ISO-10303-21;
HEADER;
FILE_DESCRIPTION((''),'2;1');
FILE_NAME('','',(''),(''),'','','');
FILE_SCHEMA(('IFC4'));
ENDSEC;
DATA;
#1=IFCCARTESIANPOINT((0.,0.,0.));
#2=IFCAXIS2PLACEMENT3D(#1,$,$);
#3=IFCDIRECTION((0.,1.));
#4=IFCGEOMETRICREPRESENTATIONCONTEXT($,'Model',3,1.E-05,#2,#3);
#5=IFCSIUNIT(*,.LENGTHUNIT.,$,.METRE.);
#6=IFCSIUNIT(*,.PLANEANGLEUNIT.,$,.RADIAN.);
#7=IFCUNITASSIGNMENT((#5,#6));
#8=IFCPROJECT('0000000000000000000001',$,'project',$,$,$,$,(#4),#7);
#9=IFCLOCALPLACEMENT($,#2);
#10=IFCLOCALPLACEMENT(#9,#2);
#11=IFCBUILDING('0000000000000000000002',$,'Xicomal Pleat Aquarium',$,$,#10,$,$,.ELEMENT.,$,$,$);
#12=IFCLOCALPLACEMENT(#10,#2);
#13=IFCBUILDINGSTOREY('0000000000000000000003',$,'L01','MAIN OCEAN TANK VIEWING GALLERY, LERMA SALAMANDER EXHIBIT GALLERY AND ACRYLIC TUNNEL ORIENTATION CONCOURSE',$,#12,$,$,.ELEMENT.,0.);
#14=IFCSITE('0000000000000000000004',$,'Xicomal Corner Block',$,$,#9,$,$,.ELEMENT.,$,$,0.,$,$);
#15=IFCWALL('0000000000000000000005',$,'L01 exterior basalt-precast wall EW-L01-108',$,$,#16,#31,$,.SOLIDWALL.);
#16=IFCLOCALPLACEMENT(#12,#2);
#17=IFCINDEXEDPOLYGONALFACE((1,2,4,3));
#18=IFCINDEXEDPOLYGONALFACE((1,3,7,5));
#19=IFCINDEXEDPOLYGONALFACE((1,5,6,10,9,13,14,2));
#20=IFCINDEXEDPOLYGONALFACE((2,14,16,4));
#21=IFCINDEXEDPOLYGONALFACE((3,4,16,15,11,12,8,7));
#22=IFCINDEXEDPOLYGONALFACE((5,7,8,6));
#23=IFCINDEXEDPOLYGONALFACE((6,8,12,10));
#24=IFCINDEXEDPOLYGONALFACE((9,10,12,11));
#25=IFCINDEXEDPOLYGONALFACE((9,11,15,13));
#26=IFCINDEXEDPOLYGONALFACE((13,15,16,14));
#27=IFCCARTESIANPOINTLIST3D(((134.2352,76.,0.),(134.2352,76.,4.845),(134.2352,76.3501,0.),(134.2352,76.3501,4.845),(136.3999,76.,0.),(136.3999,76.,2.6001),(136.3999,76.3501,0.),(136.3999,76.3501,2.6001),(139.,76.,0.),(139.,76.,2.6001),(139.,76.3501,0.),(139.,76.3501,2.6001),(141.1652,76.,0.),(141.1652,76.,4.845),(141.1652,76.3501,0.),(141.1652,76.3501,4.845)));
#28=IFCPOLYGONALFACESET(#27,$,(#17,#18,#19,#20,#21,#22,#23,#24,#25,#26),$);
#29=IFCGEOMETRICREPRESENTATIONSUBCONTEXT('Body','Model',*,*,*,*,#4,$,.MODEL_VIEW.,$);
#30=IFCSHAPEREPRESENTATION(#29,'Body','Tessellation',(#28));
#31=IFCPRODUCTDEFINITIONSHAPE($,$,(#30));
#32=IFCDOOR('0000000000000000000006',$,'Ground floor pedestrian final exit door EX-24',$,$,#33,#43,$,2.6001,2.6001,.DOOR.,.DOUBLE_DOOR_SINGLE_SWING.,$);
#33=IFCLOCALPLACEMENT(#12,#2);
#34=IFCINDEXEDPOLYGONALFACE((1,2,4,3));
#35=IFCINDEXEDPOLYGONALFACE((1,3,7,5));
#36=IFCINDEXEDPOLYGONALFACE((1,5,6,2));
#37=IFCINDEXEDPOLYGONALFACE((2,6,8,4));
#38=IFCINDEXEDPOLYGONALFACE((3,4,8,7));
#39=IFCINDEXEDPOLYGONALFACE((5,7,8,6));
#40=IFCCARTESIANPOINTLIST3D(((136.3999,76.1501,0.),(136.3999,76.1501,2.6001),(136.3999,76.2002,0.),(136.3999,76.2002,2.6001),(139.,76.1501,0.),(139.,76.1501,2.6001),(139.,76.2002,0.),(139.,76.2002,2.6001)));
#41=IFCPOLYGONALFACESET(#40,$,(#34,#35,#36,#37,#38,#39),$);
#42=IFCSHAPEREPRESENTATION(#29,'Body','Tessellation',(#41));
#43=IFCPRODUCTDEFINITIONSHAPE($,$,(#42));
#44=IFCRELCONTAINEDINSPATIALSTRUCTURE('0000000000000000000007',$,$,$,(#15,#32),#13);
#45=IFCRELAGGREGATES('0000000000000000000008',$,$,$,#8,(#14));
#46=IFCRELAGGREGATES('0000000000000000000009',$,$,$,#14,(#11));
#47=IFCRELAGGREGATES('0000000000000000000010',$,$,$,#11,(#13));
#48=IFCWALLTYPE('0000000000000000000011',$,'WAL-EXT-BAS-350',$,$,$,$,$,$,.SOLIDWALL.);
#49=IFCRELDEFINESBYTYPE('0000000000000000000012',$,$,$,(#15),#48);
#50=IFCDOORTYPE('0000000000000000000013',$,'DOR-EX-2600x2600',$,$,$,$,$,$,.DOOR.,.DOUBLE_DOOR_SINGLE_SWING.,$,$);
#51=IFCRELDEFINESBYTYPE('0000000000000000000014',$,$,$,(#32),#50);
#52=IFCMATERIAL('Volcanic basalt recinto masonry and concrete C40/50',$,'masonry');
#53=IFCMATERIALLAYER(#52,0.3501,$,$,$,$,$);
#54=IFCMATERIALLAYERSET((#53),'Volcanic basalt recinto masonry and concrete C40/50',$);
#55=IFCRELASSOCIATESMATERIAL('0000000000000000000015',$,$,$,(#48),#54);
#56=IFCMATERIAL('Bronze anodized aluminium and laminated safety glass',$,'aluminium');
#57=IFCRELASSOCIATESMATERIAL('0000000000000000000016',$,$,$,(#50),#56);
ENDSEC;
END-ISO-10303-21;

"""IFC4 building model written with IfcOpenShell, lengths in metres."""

from ifc_helpers import new_model, si_unit, direction, frame, frame_2d, origin, place, context, subcontext, project, spatial, rectangle, extrude, material, layer, layer_set, type_object, element, fill, save


model = new_model("IFC4")

# Units and contexts
model_context = context("Model", 3, precision=1e-05, world=origin(), true_north=direction((0.0, 1.0)))
body_context = subcontext(model_context, "Body", "Model", "MODEL_VIEW")
ifc_project = project(units=[si_unit("LENGTHUNIT", "METRE"), si_unit("PLANEANGLEUNIT", "RADIAN")], contexts=[model_context])

# Site, building, storey
site_placement = place(None, origin())
site = spatial("IfcSite", under=ifc_project, at=site_placement, Name="Xicomal Corner Block", CompositionType="ELEMENT", RefElevation=0.0)
building_placement = place(site_placement, origin())
building = spatial("IfcBuilding", under=site, at=building_placement, Name="Xicomal Pleat Aquarium", CompositionType="ELEMENT")
storey_placement = place(building_placement, origin())
storey = spatial("IfcBuildingStorey", under=building, at=storey_placement, Name="L01", Description="MAIN OCEAN TANK VIEWING GALLERY, LERMA SALAMANDER EXHIBIT GALLERY AND ACRYLIC TUNNEL ORIENTATION CONCOURSE", CompositionType="ELEMENT", Elevation=0.0)

# Wall, opening, door
ifc_material_1 = material(Name="Volcanic basalt recinto masonry and concrete C40/50", Category="masonry")
ifc_layer_1 = layer(ifc_material_1, 0.3501)
ifc_layer_set_1 = layer_set([ifc_layer_1], Name="Volcanic basalt recinto masonry and concrete C40/50")
wall_type = type_object("IfcWallType", Name="WAL-EXT-BAS-350", PredefinedType="SOLIDWALL", material=ifc_layer_set_1)
wall_placement = place(storey_placement, frame((141.165, 76.175, 0.0), z_axis=(0.0, 0.0, 1.0), x_axis=(-1.0, 0.0, 0.0)))
wall = element("IfcWall", 1, at=wall_placement, inside=storey, type_object=wall_type, Name="L01 exterior basalt-precast wall EW-L01-108", PredefinedType="SOLIDWALL", context=body_context, shape_type="SweptSolid", body=[
    extrude(rectangle(XDim=6.9299, YDim=0.3501, at=frame_2d((3.4648, 0.0))), origin(), (0.0, 0.0, 1.0), 4.845),
])
opening_placement = place(wall_placement, frame((2.165, 0.0, 0.0)))
opening = element("IfcOpeningElement", 2, at=opening_placement, cuts=wall, PredefinedType="OPENING", context=body_context, shape_type="SweptSolid", body=[
    extrude(rectangle(XDim=2.6001, YDim=2.6001, at=frame_2d((1.3, 1.3))), frame((0.0, 0.1851, 0.0), z_axis=(0.0, -1.0, 0.0), x_axis=(1.0, 0.0, 0.0)), (0.0, 0.0, 1.0), 0.3701),
])
ifc_material_2 = material(Name="Bronze anodized aluminium and laminated safety glass", Category="aluminium")
door_type = type_object("IfcDoorType", Name="DOR-EX-2600x2600", OperationType="DOUBLE_DOOR_SINGLE_SWING", PredefinedType="DOOR", material=ifc_material_2)
door_placement = place(opening_placement, origin())
door = element("IfcDoor", 3, at=door_placement, inside=storey, type_object=door_type, Name="Ground floor pedestrian final exit door EX-24", OperationType="DOUBLE_DOOR_SINGLE_SWING", OverallHeight=2.6001, OverallWidth=2.6001, PredefinedType="DOOR", context=body_context, shape_type="SweptSolid", body=[
    extrude(rectangle(XDim=2.6001, YDim=2.6001, at=frame_2d((1.3, 1.3))), frame((0.0, 0.0249, 0.0), z_axis=(0.0, -1.0, 0.0), x_axis=(1.0, 0.0, 0.0)), (0.0, 0.0, 1.0), 0.05),
])
fill(opening, door)

save(model, "model.ifc")
